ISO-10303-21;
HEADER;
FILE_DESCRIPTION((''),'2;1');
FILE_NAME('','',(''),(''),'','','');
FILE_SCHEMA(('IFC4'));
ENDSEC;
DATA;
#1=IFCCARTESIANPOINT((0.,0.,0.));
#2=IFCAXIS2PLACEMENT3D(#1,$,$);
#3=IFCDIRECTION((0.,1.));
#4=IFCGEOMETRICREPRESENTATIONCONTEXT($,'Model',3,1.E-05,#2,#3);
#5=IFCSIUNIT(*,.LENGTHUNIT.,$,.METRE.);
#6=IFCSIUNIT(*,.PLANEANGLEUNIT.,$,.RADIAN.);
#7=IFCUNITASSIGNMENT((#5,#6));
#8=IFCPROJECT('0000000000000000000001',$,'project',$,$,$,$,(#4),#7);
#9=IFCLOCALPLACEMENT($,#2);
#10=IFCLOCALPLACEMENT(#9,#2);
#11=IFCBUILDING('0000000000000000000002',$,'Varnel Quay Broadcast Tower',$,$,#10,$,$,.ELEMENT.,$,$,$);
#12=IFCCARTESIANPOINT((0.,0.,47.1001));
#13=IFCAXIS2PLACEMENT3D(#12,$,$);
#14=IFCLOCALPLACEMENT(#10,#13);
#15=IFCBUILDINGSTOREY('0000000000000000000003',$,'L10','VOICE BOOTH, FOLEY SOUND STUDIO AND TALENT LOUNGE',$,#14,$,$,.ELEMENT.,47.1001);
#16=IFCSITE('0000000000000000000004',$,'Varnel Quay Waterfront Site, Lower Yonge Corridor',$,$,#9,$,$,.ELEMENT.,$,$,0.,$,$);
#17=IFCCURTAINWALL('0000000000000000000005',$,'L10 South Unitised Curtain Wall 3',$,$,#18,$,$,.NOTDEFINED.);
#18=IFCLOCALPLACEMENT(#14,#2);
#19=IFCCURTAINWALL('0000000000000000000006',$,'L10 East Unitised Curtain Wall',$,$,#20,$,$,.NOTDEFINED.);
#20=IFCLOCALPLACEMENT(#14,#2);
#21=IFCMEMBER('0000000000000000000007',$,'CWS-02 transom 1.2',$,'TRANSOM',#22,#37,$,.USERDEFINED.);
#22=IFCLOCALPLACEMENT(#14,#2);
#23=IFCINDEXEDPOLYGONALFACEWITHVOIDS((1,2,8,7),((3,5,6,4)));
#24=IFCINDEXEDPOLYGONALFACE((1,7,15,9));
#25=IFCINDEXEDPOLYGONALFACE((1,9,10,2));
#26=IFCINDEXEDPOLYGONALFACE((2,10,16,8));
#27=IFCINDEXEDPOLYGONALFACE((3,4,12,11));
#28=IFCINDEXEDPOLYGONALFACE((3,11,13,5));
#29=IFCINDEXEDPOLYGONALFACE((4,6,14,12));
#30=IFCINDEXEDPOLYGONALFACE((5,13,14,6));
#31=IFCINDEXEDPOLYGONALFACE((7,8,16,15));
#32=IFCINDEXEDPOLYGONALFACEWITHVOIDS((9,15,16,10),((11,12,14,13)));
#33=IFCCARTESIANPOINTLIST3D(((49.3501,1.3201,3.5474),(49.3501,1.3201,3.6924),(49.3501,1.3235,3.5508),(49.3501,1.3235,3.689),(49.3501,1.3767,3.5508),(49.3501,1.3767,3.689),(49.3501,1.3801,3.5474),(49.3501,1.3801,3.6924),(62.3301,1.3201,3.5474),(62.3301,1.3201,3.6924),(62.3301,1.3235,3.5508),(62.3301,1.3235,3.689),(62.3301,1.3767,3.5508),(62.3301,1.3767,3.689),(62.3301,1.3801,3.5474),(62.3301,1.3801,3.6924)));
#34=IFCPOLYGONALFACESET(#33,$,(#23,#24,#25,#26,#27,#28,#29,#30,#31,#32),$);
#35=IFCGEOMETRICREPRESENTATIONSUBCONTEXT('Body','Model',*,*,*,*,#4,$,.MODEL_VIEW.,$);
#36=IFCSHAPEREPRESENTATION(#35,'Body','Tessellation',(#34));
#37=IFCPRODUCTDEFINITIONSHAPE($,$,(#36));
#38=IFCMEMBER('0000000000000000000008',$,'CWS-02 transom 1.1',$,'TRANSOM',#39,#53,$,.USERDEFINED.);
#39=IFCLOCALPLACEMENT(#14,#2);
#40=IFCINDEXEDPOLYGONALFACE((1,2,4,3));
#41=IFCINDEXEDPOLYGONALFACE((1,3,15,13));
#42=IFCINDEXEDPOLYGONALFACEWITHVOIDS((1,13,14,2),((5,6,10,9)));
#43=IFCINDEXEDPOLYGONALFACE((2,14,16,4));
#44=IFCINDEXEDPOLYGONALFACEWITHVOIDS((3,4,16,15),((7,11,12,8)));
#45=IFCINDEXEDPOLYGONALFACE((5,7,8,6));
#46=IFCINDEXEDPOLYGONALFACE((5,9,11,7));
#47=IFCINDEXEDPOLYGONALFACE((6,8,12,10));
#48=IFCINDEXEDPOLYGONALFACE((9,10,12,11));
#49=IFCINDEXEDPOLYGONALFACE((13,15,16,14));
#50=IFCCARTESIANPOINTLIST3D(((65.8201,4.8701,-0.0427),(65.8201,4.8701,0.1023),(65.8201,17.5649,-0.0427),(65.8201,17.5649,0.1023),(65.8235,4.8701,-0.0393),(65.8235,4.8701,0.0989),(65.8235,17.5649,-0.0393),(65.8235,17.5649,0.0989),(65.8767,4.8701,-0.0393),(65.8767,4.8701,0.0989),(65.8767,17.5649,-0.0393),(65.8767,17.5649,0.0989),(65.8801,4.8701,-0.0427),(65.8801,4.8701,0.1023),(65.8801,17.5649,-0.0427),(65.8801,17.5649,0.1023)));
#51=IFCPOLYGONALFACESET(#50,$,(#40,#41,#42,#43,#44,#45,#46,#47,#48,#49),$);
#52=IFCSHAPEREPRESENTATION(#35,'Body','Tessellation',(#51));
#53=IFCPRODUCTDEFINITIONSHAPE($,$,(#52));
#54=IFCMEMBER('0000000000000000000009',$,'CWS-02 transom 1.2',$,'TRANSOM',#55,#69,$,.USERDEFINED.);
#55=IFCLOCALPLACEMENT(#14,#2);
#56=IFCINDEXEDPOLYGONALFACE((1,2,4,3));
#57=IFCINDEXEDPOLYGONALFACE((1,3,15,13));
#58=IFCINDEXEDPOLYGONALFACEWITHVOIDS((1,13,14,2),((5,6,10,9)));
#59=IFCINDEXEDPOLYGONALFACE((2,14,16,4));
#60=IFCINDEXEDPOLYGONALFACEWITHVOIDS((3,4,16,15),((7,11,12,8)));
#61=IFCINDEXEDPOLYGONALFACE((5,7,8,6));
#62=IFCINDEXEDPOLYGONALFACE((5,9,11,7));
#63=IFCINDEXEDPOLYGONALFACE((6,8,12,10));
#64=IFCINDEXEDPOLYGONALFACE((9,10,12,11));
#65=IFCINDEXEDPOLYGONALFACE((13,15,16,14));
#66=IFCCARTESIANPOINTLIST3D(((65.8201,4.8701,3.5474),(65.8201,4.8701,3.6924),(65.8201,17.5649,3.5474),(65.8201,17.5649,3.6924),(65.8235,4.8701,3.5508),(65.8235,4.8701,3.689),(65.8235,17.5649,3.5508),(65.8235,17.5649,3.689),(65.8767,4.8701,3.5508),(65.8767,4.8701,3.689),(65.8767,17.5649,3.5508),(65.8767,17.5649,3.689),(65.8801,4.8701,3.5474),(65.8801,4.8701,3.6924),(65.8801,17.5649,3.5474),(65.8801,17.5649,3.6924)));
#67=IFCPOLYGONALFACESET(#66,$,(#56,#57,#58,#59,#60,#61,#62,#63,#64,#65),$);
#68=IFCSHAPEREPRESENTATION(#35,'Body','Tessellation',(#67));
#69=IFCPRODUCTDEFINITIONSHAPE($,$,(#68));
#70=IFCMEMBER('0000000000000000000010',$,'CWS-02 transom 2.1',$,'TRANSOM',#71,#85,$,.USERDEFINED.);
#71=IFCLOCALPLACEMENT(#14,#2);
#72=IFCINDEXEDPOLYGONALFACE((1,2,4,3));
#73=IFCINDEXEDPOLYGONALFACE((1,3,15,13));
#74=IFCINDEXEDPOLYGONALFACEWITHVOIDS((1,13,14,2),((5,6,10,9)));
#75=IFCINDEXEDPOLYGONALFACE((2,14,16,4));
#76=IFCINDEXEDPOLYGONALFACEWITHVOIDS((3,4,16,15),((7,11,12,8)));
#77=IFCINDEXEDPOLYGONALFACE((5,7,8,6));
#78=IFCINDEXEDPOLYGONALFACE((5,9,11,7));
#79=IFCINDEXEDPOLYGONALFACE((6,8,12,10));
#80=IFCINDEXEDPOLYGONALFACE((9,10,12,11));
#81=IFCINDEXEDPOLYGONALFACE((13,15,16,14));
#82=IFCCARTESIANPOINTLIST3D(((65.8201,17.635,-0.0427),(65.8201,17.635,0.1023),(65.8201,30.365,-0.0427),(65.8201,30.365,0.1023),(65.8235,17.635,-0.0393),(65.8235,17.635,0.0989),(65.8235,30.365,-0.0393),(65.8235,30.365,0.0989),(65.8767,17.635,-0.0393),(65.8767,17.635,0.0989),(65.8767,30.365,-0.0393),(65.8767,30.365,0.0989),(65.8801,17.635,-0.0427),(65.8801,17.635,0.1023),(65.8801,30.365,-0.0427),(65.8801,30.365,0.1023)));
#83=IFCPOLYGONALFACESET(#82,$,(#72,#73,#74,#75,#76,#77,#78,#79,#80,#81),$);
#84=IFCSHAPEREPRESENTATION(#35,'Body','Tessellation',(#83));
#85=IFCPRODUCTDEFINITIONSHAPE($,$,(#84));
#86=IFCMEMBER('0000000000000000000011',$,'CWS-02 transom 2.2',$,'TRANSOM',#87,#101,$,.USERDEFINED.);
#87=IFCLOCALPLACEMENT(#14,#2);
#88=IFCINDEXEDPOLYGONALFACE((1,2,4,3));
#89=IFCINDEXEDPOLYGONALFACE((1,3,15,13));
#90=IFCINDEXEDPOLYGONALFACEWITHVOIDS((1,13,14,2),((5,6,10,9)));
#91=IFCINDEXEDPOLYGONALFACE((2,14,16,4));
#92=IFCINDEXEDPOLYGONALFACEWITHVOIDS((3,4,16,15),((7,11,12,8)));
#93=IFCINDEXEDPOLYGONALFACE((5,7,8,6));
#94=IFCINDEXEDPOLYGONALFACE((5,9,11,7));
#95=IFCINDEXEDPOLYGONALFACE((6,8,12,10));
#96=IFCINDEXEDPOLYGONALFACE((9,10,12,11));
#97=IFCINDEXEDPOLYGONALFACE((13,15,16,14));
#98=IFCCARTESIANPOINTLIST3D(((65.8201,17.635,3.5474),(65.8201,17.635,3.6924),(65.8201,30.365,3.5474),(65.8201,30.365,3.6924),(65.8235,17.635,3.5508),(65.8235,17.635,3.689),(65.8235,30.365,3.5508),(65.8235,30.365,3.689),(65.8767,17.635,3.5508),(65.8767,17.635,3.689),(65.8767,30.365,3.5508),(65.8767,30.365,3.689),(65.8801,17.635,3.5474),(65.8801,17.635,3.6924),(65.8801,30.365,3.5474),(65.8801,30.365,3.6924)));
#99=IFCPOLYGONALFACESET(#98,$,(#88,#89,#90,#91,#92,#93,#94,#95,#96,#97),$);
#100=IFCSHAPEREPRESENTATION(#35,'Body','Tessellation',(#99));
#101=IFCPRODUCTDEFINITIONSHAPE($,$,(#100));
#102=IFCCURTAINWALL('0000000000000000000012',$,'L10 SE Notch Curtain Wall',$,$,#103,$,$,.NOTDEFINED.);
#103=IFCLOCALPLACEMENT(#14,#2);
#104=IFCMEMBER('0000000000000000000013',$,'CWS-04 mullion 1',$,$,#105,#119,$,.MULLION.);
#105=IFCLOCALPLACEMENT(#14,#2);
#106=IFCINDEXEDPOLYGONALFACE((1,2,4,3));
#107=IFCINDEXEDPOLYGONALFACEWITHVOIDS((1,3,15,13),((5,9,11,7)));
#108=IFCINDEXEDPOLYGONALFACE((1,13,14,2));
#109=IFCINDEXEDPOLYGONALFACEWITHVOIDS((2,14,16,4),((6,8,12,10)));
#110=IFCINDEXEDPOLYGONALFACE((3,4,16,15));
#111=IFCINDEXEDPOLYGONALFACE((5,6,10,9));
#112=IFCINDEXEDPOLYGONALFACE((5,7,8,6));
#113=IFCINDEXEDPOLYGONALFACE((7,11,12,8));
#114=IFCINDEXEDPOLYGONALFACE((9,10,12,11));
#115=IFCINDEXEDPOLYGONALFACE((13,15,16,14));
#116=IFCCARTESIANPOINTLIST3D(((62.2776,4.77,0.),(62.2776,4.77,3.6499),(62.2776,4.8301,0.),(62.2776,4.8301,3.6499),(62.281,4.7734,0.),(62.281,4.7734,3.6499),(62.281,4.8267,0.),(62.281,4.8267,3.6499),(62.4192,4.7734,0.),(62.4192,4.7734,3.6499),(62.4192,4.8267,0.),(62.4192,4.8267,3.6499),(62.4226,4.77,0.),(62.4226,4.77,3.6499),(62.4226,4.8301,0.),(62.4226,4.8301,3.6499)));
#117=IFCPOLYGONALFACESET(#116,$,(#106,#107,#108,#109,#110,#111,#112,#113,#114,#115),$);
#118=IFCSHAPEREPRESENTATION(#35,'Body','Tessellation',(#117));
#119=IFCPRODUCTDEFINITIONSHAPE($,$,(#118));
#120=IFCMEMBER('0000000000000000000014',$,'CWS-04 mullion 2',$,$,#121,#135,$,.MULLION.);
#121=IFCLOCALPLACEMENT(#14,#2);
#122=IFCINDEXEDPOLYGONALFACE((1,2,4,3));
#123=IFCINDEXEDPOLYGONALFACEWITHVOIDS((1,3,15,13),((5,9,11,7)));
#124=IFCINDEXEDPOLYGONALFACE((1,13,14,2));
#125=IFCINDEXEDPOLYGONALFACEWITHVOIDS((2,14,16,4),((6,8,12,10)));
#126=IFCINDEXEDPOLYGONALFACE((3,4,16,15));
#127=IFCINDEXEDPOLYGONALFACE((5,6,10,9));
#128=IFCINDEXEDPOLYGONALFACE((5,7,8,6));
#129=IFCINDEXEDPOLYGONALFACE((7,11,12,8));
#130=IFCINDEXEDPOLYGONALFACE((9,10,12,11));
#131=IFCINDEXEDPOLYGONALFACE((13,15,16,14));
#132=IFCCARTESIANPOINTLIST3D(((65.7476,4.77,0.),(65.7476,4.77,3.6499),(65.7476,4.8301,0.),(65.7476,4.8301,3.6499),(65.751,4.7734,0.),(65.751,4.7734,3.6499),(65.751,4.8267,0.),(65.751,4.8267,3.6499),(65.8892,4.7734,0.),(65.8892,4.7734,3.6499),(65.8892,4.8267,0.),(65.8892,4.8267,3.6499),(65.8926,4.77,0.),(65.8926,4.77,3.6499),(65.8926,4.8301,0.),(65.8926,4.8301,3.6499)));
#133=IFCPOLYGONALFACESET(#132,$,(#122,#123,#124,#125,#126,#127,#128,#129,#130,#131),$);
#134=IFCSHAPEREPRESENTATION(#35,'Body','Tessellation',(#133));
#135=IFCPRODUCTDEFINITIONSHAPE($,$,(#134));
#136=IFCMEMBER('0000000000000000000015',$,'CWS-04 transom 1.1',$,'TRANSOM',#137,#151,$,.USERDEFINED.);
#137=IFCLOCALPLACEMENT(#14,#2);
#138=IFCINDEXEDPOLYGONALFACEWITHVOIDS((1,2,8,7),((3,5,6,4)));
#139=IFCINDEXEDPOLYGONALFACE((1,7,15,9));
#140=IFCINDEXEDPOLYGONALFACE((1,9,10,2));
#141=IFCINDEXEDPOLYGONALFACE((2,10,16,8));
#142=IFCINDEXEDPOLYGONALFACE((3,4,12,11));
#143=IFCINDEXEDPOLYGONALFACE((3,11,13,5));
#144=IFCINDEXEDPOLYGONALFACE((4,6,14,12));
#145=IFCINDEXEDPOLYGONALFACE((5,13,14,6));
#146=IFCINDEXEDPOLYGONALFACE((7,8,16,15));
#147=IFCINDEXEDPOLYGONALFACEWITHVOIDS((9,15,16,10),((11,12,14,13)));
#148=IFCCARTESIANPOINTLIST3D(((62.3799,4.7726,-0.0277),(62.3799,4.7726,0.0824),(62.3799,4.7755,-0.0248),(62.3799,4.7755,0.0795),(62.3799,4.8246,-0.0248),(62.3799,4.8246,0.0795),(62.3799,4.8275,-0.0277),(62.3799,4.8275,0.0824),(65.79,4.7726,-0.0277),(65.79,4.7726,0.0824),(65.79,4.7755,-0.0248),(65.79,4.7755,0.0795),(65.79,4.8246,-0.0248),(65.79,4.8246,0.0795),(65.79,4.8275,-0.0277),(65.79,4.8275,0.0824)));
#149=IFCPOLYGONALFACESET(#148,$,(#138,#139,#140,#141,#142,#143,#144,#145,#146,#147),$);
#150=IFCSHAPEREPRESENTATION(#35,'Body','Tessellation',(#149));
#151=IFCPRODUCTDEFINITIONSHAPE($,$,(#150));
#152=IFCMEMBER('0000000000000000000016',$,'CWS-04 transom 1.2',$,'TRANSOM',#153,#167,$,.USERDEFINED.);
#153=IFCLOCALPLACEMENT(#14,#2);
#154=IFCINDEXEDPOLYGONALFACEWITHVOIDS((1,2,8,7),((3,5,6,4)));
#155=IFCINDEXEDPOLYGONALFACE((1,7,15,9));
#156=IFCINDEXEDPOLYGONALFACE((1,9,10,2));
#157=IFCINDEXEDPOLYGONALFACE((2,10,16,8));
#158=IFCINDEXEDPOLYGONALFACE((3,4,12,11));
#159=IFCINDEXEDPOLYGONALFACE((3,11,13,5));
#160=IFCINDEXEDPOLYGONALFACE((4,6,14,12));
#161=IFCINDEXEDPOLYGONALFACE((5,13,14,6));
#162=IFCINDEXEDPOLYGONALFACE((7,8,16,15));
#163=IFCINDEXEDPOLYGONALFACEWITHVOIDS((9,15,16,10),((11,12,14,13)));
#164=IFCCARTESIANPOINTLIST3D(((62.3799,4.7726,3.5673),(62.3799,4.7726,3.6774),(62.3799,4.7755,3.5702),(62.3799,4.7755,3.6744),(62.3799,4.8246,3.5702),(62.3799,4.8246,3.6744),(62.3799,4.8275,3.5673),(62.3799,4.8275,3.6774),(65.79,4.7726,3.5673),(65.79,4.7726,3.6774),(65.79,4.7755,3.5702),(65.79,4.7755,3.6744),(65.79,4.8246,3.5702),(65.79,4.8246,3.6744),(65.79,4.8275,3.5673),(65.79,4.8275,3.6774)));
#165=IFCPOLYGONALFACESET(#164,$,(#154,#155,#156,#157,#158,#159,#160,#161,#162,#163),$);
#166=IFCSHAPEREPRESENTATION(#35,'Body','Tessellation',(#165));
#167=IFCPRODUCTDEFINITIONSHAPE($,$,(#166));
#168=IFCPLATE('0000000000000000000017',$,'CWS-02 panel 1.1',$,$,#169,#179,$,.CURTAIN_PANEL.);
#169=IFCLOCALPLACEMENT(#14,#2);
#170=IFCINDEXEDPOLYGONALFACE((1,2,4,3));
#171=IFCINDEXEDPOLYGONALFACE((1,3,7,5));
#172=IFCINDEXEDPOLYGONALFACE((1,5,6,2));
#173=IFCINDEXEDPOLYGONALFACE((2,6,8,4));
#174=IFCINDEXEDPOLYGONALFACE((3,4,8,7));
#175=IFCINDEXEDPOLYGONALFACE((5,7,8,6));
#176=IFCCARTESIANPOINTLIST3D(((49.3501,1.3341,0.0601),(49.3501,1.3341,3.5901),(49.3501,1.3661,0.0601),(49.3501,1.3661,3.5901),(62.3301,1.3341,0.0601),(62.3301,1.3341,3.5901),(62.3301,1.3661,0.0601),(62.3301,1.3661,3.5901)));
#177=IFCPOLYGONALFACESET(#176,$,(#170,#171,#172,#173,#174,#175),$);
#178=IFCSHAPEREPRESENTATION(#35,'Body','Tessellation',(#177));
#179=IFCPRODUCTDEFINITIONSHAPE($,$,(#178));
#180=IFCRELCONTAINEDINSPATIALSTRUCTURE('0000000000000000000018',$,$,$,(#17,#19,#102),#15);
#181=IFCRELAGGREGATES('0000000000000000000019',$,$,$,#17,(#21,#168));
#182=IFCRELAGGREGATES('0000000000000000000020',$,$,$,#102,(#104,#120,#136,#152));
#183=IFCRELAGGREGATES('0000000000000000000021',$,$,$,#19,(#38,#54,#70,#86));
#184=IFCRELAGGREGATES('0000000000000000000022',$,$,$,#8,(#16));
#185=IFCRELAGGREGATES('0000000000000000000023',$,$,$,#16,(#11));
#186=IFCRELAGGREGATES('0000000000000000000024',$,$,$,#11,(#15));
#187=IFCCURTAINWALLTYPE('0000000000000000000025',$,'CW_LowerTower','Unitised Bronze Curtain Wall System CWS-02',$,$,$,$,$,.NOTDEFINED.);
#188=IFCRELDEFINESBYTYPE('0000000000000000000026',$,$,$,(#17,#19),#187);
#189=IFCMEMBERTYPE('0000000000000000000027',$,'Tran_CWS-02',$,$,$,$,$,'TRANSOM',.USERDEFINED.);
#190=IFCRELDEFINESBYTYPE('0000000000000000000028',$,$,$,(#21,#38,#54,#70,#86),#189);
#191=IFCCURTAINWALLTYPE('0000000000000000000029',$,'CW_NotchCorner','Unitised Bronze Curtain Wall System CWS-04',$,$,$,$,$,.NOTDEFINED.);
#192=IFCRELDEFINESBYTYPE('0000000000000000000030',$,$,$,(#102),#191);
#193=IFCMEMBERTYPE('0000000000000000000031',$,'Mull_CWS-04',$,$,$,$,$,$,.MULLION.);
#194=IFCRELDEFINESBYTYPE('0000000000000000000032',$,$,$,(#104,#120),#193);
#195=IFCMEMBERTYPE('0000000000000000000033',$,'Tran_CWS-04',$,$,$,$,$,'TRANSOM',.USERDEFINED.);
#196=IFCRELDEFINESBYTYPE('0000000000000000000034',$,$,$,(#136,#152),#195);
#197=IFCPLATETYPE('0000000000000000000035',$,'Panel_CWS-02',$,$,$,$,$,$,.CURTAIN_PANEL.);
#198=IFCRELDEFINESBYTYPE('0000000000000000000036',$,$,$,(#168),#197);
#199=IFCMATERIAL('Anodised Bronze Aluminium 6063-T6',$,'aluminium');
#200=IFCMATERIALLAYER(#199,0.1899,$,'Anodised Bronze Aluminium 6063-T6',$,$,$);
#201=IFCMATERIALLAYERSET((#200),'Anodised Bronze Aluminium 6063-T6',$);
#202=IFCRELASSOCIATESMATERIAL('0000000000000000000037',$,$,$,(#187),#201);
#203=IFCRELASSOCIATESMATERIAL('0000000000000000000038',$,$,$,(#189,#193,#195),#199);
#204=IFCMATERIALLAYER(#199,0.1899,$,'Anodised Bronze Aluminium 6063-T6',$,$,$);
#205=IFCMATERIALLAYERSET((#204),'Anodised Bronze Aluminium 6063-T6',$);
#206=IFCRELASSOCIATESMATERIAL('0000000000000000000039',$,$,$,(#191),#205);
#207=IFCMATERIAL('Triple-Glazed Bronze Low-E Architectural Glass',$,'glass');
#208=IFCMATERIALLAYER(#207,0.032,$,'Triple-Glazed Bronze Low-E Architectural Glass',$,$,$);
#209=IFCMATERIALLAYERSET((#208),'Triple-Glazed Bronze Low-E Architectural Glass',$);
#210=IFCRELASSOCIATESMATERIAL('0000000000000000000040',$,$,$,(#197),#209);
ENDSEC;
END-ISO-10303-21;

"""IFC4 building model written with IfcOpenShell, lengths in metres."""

from ifc_helpers import new_model, si_unit, direction, frame, origin, origin_2d, place, context, subcontext, project, spatial, rectangle, hollow_rectangle, extrude, source, transform, mapped, material, layer, layer_set, material_profile, profile_set, type_object, type_shapes, element, aggregate, save


model = new_model("IFC4")

# Units and contexts
model_context = context("Model", 3, precision=1e-05, world=origin(), true_north=direction((0.0, 1.0)))
body_context = subcontext(model_context, "Body", "Model", "MODEL_VIEW")
ifc_project = project(units=[si_unit("LENGTHUNIT", "METRE"), si_unit("PLANEANGLEUNIT", "RADIAN")], contexts=[model_context])

# Site, building, storey
site_placement = place(None, origin())
site = spatial("IfcSite", under=ifc_project, at=site_placement, Name="Varnel Quay Waterfront Site, Lower Yonge Corridor", CompositionType="ELEMENT", RefElevation=0.0)
building_placement = place(site_placement, origin())
building = spatial("IfcBuilding", under=site, at=building_placement, Name="Varnel Quay Broadcast Tower", CompositionType="ELEMENT")
storey_placement = place(building_placement, frame((0.0, 0.0, 47.1001)))
storey = spatial("IfcBuildingStorey", under=building, at=storey_placement, Name="L10", Description="VOICE BOOTH, FOLEY SOUND STUDIO AND TALENT LOUNGE", CompositionType="ELEMENT", Elevation=47.1001)

# Curtain walls
ifc_material_1 = material(Name="Anodised Bronze Aluminium 6063-T6", Category="aluminium")
ifc_layer_1 = layer(ifc_material_1, 0.1899, Name="Anodised Bronze Aluminium 6063-T6")
ifc_layer_set_1 = layer_set([ifc_layer_1], Name="Anodised Bronze Aluminium 6063-T6")
curtain_wall_type_1 = type_object("IfcCurtainWallType", Name="CW_LowerTower", Description="Unitised Bronze Curtain Wall System CWS-02", PredefinedType="NOTDEFINED", material=ifc_layer_set_1)
curtain_wall_1_placement = place(storey_placement, origin())
curtain_wall_1 = element("IfcCurtainWall", 1, at=curtain_wall_1_placement, inside=storey, type_object=curtain_wall_type_1, Name="L10 South Unitised Curtain Wall 3", PredefinedType="NOTDEFINED")
curtain_wall_2_placement = place(storey_placement, origin())
curtain_wall_2 = element("IfcCurtainWall", 2, at=curtain_wall_2_placement, inside=storey, type_object=curtain_wall_type_1, Name="L10 East Unitised Curtain Wall", PredefinedType="NOTDEFINED")

# Members
ifc_material_profile_1 = material_profile(ifc_material_1, hollow_rectangle(XDim=0.0601, YDim=0.145, WallThickness=0.0034, at=origin_2d()), Name="ALU60X145X3.5")
ifc_profile_set_1 = profile_set([ifc_material_profile_1], Name="Anodised Bronze Aluminium 6063-T6")
member_type_1 = type_object("IfcMemberType", Name="Tran_CWS-02", ElementType="TRANSOM", PredefinedType="USERDEFINED", material=ifc_profile_set_1)
shared_shape_1 = source(origin(), body_context, "Body", "SweptSolid", [
    extrude(hollow_rectangle(XDim=0.0601, YDim=0.145, WallThickness=0.0034, at=origin_2d()), origin(), (0.0, 0.0, 1.0), 12.98),
])
member_1_placement = place(storey_placement, frame((49.3501, 1.3501, 3.6199), z_axis=(1.0, 0.0, 0.0), x_axis=(0.0, 1.0, 0.0)))
member_1 = element("IfcMember", 3, at=member_1_placement, type_object=member_type_1, Name="CWS-02 transom 1.2", ObjectType="TRANSOM", PredefinedType="USERDEFINED", context=body_context, shape_type="MappedRepresentation", body=[
    mapped(shared_shape_1, transform((0.0, 0.0, 0.0), x_axis=(1.0, 0.0, 0.0), y_axis=(0.0, 1.0, 0.0), z_axis=(0.0, 0.0, 1.0), scale=1.0)),
])
shared_shape_2 = source(origin(), body_context, "Body", "SweptSolid", [
    extrude(hollow_rectangle(XDim=0.0601, YDim=0.145, WallThickness=0.0034, at=origin_2d()), origin(), (0.0, 0.0, 1.0), 12.6948),
])
member_2_placement = place(storey_placement, frame((65.8501, 4.8701, 0.0298), z_axis=(0.0, 1.0, 0.0), x_axis=(-1.0, 0.0, 0.0)))
member_2 = element("IfcMember", 4, at=member_2_placement, type_object=member_type_1, Name="CWS-02 transom 1.1", ObjectType="TRANSOM", PredefinedType="USERDEFINED", context=body_context, shape_type="MappedRepresentation", body=[
    mapped(shared_shape_2, transform((0.0, 0.0, 0.0), x_axis=(1.0, 0.0, 0.0), y_axis=(0.0, 1.0, 0.0), z_axis=(0.0, 0.0, 1.0), scale=1.0)),
])
member_3_placement = place(storey_placement, frame((65.8501, 4.8701, 3.6199), z_axis=(0.0, 1.0, 0.0), x_axis=(-1.0, 0.0, 0.0)))
member_3 = element("IfcMember", 5, at=member_3_placement, type_object=member_type_1, Name="CWS-02 transom 1.2", ObjectType="TRANSOM", PredefinedType="USERDEFINED", context=body_context, shape_type="MappedRepresentation", body=[
    mapped(shared_shape_2, transform((0.0, 0.0, 0.0), x_axis=(1.0, 0.0, 0.0), y_axis=(0.0, 1.0, 0.0), z_axis=(0.0, 0.0, 1.0), scale=1.0)),
])
shared_shape_3 = source(origin(), body_context, "Body", "SweptSolid", [
    extrude(hollow_rectangle(XDim=0.0601, YDim=0.145, WallThickness=0.0034, at=origin_2d()), origin(), (0.0, 0.0, 1.0), 12.73),
])
type_shapes(member_type_1, [shared_shape_1, shared_shape_2, shared_shape_3])
member_4_placement = place(storey_placement, frame((65.8501, 17.635, 0.0298), z_axis=(0.0, 1.0, 0.0), x_axis=(-1.0, 0.0, 0.0)))
member_4 = element("IfcMember", 6, at=member_4_placement, type_object=member_type_1, Name="CWS-02 transom 2.1", ObjectType="TRANSOM", PredefinedType="USERDEFINED", context=body_context, shape_type="MappedRepresentation", body=[
    mapped(shared_shape_3, transform((0.0, 0.0, 0.0), x_axis=(1.0, 0.0, 0.0), y_axis=(0.0, 1.0, 0.0), z_axis=(0.0, 0.0, 1.0), scale=1.0)),
])
member_5_placement = place(storey_placement, frame((65.8501, 17.635, 3.6199), z_axis=(0.0, 1.0, 0.0), x_axis=(-1.0, 0.0, 0.0)))
member_5 = element("IfcMember", 7, at=member_5_placement, type_object=member_type_1, Name="CWS-02 transom 2.2", ObjectType="TRANSOM", PredefinedType="USERDEFINED", context=body_context, shape_type="MappedRepresentation", body=[
    mapped(shared_shape_3, transform((0.0, 0.0, 0.0), x_axis=(1.0, 0.0, 0.0), y_axis=(0.0, 1.0, 0.0), z_axis=(0.0, 0.0, 1.0), scale=1.0)),
])

# Curtain wall, members
ifc_layer_2 = layer(ifc_material_1, 0.1899, Name="Anodised Bronze Aluminium 6063-T6")
ifc_layer_set_2 = layer_set([ifc_layer_2], Name="Anodised Bronze Aluminium 6063-T6")
curtain_wall_type_2 = type_object("IfcCurtainWallType", Name="CW_NotchCorner", Description="Unitised Bronze Curtain Wall System CWS-04", PredefinedType="NOTDEFINED", material=ifc_layer_set_2)
curtain_wall_3_placement = place(storey_placement, origin())
curtain_wall_3 = element("IfcCurtainWall", 8, at=curtain_wall_3_placement, inside=storey, type_object=curtain_wall_type_2, Name="L10 SE Notch Curtain Wall", PredefinedType="NOTDEFINED")
ifc_material_profile_2 = material_profile(ifc_material_1, hollow_rectangle(XDim=0.0601, YDim=0.145, WallThickness=0.0034, at=origin_2d()), Name="ALU60X145X3.5")
ifc_profile_set_2 = profile_set([ifc_material_profile_2], Name="Anodised Bronze Aluminium 6063-T6")
member_type_2 = type_object("IfcMemberType", Name="Mull_CWS-04", PredefinedType="MULLION", material=ifc_profile_set_2)
shared_shape_4 = source(origin(), body_context, "Body", "SweptSolid", [
    extrude(hollow_rectangle(XDim=0.0601, YDim=0.145, WallThickness=0.0034, at=origin_2d()), origin(), (0.0, 0.0, 1.0), 3.6499),
])
type_shapes(member_type_2, [shared_shape_4])
member_6_placement = place(storey_placement, frame((62.3501, 4.8, 0.0), z_axis=(0.0, 0.0, 1.0), x_axis=(0.0, 1.0, 0.0)))
member_6 = element("IfcMember", 9, at=member_6_placement, type_object=member_type_2, Name="CWS-04 mullion 1", PredefinedType="MULLION", context=body_context, shape_type="MappedRepresentation", body=[
    mapped(shared_shape_4, transform((0.0, 0.0, 0.0), x_axis=(1.0, 0.0, 0.0), y_axis=(0.0, 1.0, 0.0), z_axis=(0.0, 0.0, 1.0), scale=1.0)),
])
member_7_placement = place(storey_placement, frame((65.8201, 4.8, 0.0), z_axis=(0.0, 0.0, 1.0), x_axis=(0.0, 1.0, 0.0)))
member_7 = element("IfcMember", 10, at=member_7_placement, type_object=member_type_2, Name="CWS-04 mullion 2", PredefinedType="MULLION", context=body_context, shape_type="MappedRepresentation", body=[
    mapped(shared_shape_4, transform((0.0, 0.0, 0.0), x_axis=(1.0, 0.0, 0.0), y_axis=(0.0, 1.0, 0.0), z_axis=(0.0, 0.0, 1.0), scale=1.0)),
])
ifc_material_profile_3 = material_profile(ifc_material_1, hollow_rectangle(XDim=0.0549, YDim=0.1101, WallThickness=0.0029, at=origin_2d()), Name="ALU55X110X3")
ifc_profile_set_3 = profile_set([ifc_material_profile_3], Name="Anodised Bronze Aluminium 6063-T6")
member_type_3 = type_object("IfcMemberType", Name="Tran_CWS-04", ElementType="TRANSOM", PredefinedType="USERDEFINED", material=ifc_profile_set_3)
shared_shape_5 = source(origin(), body_context, "Body", "SweptSolid", [
    extrude(hollow_rectangle(XDim=0.0549, YDim=0.1101, WallThickness=0.0029, at=origin_2d()), origin(), (0.0, 0.0, 1.0), 3.4102),
])
type_shapes(member_type_3, [shared_shape_5])
member_8_placement = place(storey_placement, frame((62.3799, 4.8, 0.0273), z_axis=(1.0, 0.0, 0.0), x_axis=(0.0, 1.0, 0.0)))
member_8 = element("IfcMember", 11, at=member_8_placement, type_object=member_type_3, Name="CWS-04 transom 1.1", ObjectType="TRANSOM", PredefinedType="USERDEFINED", context=body_context, shape_type="MappedRepresentation", body=[
    mapped(shared_shape_5, transform((0.0, 0.0, 0.0), x_axis=(1.0, 0.0, 0.0), y_axis=(0.0, 1.0, 0.0), z_axis=(0.0, 0.0, 1.0), scale=1.0)),
])
member_9_placement = place(storey_placement, frame((62.3799, 4.8, 3.6223), z_axis=(1.0, 0.0, 0.0), x_axis=(0.0, 1.0, 0.0)))
member_9 = element("IfcMember", 12, at=member_9_placement, type_object=member_type_3, Name="CWS-04 transom 1.2", ObjectType="TRANSOM", PredefinedType="USERDEFINED", context=body_context, shape_type="MappedRepresentation", body=[
    mapped(shared_shape_5, transform((0.0, 0.0, 0.0), x_axis=(1.0, 0.0, 0.0), y_axis=(0.0, 1.0, 0.0), z_axis=(0.0, 0.0, 1.0), scale=1.0)),
])

# Plate
ifc_material_2 = material(Name="Triple-Glazed Bronze Low-E Architectural Glass", Category="glass")
ifc_layer_3 = layer(ifc_material_2, 0.032, Name="Triple-Glazed Bronze Low-E Architectural Glass")
ifc_layer_set_3 = layer_set([ifc_layer_3], Name="Triple-Glazed Bronze Low-E Architectural Glass")
plate_type_1 = type_object("IfcPlateType", Name="Panel_CWS-02", PredefinedType="CURTAIN_PANEL", material=ifc_layer_set_3)
shared_shape_6 = source(origin(), body_context, "Body", "SweptSolid", [
    extrude(rectangle(XDim=12.98, YDim=0.032, at=origin_2d()), origin(), (0.0, 0.0, 1.0), 3.53),
])
plate_1_placement = place(storey_placement, frame((55.8401, 1.3501, 0.0601), z_axis=(0.0, 0.0, 1.0), x_axis=(1.0, 0.0, 0.0)))
plate_1 = element("IfcPlate", 13, at=plate_1_placement, type_object=plate_type_1, Name="CWS-02 panel 1.1", PredefinedType="CURTAIN_PANEL", context=body_context, shape_type="MappedRepresentation", body=[
    mapped(shared_shape_6, transform((0.0, 0.0, 0.0), x_axis=(1.0, 0.0, 0.0), y_axis=(0.0, 1.0, 0.0), z_axis=(0.0, 0.0, 1.0), scale=1.0)),
])
aggregate(curtain_wall_1, [member_1, plate_1])
aggregate(curtain_wall_3, [member_6, member_7, member_8, member_9])
aggregate(curtain_wall_2, [member_2, member_3, member_4, member_5])

save(model, "model.ifc")
